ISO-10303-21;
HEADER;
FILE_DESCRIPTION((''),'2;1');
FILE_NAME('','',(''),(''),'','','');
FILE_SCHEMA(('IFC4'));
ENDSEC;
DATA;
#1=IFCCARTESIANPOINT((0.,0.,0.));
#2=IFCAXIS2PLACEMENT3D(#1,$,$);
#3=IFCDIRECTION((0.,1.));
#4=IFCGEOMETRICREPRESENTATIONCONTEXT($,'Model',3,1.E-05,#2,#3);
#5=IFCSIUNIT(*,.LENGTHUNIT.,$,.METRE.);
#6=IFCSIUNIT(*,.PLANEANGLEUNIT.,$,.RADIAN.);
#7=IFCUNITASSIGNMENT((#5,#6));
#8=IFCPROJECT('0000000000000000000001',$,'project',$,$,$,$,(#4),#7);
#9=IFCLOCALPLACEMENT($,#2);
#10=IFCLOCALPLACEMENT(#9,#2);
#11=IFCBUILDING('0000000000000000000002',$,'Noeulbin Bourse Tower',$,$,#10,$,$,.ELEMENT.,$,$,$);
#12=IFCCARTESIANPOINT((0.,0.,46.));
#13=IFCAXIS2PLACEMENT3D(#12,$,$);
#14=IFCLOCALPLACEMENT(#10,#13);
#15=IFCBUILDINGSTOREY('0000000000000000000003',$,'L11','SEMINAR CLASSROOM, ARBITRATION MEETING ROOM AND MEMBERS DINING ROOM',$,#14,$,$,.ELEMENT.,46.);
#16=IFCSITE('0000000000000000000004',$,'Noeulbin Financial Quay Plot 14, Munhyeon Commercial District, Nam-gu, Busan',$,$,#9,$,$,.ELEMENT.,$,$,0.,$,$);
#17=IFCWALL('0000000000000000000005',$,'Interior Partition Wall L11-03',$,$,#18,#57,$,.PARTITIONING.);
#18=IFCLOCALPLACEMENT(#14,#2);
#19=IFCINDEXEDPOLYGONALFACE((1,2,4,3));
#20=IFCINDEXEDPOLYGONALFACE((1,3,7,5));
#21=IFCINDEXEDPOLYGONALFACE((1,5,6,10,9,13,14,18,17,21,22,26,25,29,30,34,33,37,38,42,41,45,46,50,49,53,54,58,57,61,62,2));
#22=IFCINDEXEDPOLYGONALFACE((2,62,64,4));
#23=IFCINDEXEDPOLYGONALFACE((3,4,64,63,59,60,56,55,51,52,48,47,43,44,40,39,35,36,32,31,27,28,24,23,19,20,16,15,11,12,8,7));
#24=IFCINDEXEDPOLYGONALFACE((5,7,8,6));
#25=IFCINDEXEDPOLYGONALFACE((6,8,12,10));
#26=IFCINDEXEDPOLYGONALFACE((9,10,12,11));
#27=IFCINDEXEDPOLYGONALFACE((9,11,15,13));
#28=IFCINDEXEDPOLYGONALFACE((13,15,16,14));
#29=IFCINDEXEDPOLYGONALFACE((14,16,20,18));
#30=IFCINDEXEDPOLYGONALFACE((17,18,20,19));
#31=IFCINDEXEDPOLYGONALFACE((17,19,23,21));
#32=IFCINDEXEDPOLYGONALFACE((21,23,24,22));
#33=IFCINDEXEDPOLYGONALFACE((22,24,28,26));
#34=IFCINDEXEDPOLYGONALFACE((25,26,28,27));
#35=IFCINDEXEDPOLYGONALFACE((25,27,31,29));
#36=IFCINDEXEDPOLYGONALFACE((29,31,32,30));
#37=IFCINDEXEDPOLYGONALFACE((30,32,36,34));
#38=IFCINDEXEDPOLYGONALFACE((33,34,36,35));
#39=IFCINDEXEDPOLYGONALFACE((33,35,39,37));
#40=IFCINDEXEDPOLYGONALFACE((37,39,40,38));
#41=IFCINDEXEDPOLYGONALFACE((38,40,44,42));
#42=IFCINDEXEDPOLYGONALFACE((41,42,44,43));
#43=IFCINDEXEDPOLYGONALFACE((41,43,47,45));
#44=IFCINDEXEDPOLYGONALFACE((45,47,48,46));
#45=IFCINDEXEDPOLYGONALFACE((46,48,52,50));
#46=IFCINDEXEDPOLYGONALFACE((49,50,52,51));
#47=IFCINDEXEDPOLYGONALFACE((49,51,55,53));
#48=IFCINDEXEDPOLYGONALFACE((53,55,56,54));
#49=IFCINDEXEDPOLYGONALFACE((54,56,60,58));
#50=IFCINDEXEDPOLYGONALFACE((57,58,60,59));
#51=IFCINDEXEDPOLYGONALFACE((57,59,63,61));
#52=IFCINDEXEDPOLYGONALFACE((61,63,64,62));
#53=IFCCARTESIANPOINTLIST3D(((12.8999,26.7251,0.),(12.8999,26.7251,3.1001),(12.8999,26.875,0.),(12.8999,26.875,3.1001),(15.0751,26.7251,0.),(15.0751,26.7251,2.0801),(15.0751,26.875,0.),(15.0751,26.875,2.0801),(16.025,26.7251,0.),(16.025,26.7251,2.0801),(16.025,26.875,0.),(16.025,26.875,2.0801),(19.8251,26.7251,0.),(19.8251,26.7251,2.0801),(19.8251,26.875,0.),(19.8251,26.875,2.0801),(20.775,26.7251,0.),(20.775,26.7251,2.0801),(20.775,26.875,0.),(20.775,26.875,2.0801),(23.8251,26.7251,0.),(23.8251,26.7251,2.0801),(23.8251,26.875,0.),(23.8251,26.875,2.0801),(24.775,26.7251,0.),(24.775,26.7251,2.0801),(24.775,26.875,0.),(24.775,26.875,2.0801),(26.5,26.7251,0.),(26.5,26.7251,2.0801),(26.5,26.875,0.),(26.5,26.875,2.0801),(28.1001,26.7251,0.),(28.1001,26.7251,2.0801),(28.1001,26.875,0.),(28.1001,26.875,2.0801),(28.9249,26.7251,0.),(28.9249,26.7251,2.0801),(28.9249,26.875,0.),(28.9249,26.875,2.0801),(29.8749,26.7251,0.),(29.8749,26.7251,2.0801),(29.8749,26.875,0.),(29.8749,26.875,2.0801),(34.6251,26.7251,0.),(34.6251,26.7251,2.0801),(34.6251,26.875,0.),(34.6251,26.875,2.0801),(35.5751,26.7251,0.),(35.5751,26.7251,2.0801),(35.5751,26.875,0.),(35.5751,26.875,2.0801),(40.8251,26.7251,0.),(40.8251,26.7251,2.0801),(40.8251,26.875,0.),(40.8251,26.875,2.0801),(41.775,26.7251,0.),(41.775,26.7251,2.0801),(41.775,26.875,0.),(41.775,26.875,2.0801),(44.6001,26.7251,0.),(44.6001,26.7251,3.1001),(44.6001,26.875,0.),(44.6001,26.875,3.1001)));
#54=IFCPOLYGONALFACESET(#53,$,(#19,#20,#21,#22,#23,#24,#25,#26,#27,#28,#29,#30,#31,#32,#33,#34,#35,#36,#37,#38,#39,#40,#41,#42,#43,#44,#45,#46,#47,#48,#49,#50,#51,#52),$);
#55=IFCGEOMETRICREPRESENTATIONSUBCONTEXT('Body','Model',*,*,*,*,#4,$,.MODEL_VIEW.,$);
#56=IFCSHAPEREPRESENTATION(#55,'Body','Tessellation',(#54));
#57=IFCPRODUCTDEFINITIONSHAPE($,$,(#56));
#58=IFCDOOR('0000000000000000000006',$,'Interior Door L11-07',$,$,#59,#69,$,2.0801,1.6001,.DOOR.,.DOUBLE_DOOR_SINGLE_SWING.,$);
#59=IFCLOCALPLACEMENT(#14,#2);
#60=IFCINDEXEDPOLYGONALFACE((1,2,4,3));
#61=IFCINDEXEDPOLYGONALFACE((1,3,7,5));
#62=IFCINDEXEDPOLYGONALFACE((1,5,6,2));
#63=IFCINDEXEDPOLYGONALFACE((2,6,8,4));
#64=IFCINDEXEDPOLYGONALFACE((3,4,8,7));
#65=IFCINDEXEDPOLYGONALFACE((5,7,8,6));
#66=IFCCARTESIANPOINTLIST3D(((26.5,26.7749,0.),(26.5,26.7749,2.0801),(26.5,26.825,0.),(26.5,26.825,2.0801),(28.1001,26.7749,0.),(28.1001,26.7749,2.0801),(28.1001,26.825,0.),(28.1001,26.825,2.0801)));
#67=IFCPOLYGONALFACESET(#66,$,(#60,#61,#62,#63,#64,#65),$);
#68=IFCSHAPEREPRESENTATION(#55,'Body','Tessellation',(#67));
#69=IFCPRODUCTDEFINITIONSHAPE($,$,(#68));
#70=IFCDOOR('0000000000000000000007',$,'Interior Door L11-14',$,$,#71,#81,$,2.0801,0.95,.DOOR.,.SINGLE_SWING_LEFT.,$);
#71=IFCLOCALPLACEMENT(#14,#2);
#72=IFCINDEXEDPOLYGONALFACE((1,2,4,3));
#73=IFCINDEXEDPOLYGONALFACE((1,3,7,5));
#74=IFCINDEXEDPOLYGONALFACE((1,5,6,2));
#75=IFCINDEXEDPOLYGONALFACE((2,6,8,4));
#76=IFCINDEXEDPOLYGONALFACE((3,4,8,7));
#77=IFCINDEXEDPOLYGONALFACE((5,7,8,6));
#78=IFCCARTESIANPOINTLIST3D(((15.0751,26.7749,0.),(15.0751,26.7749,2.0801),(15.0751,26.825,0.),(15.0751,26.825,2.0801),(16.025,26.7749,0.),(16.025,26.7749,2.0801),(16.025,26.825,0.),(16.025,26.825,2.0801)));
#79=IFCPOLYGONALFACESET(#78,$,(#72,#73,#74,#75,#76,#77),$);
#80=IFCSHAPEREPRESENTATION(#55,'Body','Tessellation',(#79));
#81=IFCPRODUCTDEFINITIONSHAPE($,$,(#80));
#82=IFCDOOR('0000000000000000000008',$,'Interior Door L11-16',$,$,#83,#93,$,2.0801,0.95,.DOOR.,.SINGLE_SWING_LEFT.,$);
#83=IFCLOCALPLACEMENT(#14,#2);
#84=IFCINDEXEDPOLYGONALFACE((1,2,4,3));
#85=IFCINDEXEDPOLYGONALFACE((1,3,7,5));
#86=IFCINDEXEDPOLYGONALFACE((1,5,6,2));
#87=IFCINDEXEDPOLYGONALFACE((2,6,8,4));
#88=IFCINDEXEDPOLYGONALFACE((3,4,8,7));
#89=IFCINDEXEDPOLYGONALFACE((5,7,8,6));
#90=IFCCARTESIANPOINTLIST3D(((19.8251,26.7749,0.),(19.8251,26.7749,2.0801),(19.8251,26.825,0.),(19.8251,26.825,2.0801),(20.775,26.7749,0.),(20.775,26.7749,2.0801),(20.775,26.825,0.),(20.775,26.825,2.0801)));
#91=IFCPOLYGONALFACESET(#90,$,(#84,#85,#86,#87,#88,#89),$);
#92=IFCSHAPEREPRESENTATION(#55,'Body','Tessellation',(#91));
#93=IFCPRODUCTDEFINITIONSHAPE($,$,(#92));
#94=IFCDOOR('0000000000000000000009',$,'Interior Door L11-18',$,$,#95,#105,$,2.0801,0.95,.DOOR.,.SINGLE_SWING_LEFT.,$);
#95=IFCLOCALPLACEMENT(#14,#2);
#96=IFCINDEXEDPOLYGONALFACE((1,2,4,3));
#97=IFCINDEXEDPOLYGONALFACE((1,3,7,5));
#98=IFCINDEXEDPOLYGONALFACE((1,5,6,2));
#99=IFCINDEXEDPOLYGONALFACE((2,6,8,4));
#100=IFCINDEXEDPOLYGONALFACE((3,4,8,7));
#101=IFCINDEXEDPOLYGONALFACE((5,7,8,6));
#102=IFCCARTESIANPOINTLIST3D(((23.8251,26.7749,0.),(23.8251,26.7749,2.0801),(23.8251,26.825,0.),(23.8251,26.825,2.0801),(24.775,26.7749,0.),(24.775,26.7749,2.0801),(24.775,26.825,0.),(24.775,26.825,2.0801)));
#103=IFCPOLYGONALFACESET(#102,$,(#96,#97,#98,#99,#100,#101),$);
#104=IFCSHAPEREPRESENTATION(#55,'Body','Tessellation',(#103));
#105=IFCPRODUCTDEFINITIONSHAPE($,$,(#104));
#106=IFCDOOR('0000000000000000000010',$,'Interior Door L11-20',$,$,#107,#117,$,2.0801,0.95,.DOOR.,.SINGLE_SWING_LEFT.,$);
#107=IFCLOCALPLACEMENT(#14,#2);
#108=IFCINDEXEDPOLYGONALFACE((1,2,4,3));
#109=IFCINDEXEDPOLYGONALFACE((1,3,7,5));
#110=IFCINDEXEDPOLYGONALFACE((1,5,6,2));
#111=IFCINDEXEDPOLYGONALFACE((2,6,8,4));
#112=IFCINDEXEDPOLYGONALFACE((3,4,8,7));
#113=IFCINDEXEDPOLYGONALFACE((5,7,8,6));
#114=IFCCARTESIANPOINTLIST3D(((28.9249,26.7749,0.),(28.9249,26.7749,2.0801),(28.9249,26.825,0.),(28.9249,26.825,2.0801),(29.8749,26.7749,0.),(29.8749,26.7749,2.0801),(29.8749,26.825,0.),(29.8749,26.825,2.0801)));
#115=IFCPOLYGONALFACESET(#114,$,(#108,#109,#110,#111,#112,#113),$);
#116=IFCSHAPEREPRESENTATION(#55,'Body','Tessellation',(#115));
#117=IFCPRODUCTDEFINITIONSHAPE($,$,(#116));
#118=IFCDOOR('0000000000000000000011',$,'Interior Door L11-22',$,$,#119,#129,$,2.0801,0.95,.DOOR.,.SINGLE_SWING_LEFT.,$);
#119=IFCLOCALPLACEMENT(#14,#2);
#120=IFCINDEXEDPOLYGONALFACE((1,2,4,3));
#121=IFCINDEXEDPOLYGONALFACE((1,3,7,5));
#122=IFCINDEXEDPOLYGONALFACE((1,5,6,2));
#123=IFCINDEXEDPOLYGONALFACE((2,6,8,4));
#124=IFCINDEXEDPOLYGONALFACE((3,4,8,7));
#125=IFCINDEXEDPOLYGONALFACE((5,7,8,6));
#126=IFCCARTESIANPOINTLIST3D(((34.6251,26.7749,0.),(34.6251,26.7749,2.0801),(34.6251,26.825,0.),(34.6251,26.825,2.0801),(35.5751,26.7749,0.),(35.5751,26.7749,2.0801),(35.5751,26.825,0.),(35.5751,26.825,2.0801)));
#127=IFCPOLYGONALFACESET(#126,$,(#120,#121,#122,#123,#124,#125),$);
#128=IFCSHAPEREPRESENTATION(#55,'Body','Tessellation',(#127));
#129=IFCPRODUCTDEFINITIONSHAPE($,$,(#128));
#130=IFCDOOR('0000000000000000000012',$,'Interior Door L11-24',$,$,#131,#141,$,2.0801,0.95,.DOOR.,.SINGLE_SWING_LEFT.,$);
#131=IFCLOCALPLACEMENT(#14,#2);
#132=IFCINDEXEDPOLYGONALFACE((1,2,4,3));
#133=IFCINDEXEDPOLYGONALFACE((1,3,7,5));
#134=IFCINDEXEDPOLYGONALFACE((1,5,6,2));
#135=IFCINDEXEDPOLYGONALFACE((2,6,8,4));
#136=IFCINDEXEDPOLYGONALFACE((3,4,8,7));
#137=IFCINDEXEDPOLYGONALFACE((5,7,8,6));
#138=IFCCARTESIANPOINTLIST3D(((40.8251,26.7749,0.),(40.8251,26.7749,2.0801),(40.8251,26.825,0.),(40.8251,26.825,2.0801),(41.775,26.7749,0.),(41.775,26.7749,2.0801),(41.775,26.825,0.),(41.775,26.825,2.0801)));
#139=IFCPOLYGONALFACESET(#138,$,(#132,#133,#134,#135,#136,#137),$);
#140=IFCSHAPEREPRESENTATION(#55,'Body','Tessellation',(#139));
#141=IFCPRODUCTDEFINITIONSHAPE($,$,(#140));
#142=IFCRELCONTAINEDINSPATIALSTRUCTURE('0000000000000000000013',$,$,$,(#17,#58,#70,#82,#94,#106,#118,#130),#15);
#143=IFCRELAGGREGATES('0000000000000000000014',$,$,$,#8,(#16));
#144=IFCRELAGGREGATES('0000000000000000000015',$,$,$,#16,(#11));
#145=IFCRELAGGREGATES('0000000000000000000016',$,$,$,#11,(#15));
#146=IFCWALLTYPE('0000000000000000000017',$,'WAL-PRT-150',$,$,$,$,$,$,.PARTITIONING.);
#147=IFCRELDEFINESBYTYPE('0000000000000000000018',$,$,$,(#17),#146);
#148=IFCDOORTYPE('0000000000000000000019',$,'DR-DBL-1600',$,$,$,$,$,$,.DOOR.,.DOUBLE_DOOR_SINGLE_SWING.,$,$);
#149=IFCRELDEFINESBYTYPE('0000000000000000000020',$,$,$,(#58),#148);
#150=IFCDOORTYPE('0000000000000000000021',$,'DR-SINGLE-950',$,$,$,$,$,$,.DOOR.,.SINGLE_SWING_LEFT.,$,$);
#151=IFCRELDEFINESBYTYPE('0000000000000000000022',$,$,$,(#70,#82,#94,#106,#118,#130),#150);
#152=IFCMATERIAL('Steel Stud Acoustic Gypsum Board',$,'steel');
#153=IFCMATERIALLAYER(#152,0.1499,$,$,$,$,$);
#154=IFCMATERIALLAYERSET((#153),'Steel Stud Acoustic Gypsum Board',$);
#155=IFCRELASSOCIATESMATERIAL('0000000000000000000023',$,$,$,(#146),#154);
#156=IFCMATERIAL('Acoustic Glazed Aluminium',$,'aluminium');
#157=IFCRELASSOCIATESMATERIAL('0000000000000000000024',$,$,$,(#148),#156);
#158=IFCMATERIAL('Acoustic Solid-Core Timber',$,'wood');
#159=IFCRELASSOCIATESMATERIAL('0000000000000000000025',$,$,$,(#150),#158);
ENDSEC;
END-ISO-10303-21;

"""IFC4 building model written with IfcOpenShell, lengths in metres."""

from ifc_helpers import new_model, si_unit, direction, frame, frame_2d, origin, place, context, subcontext, project, spatial, rectangle, extrude, material, layer, layer_set, type_object, element, fill, save


model = new_model("IFC4")

# Units and contexts
model_context = context("Model", 3, precision=1e-05, world=origin(), true_north=direction((0.0, 1.0)))
body_context = subcontext(model_context, "Body", "Model", "MODEL_VIEW")
ifc_project = project(units=[si_unit("LENGTHUNIT", "METRE"), si_unit("PLANEANGLEUNIT", "RADIAN")], contexts=[model_context])

# Site, building, storey
site_placement = place(None, origin())
site = spatial("IfcSite", under=ifc_project, at=site_placement, Name="Noeulbin Financial Quay Plot 14, Munhyeon Commercial District, Nam-gu, Busan", CompositionType="ELEMENT", RefElevation=0.0)
building_placement = place(site_placement, origin())
building = spatial("IfcBuilding", under=site, at=building_placement, Name="Noeulbin Bourse Tower", CompositionType="ELEMENT")
storey_placement = place(building_placement, frame((0.0, 0.0, 46.0)))
storey = spatial("IfcBuildingStorey", under=building, at=storey_placement, Name="L11", Description="SEMINAR CLASSROOM, ARBITRATION MEETING ROOM AND MEMBERS DINING ROOM", CompositionType="ELEMENT", Elevation=46.0)

# Wall, openings, doors
ifc_material_1 = material(Name="Steel Stud Acoustic Gypsum Board", Category="steel")
ifc_layer_1 = layer(ifc_material_1, 0.1499)
ifc_layer_set_1 = layer_set([ifc_layer_1], Name="Steel Stud Acoustic Gypsum Board")
wall_type = type_object("IfcWallType", Name="WAL-PRT-150", PredefinedType="PARTITIONING", material=ifc_layer_set_1)
wall_placement = place(storey_placement, frame((12.8999, 26.8, 0.0), z_axis=(0.0, 0.0, 1.0), x_axis=(1.0, 0.0, 0.0)))
wall = element("IfcWall", 1, at=wall_placement, inside=storey, type_object=wall_type, Name="Interior Partition Wall L11-03", PredefinedType="PARTITIONING", context=body_context, shape_type="SweptSolid", body=[
    extrude(rectangle(XDim=31.7002, YDim=0.1499, at=frame_2d((15.8501, 0.0))), origin(), (0.0, 0.0, 1.0), 3.1001),
])
opening_1_placement = place(wall_placement, frame((13.6001, 0.0, 0.0)))
opening_1 = element("IfcOpeningElement", 2, at=opening_1_placement, cuts=wall, PredefinedType="OPENING", context=body_context, shape_type="SweptSolid", body=[
    extrude(rectangle(XDim=1.6001, YDim=2.0801, at=frame_2d((0.8, 1.04))), frame((0.0, 0.085, 0.0), z_axis=(0.0, -1.0, 0.0), x_axis=(1.0, 0.0, 0.0)), (0.0, 0.0, 1.0), 0.1699),
])
opening_2_placement = place(wall_placement, frame((2.175, 0.0, 0.0)))
opening_2 = element("IfcOpeningElement", 3, at=opening_2_placement, cuts=wall, PredefinedType="OPENING", context=body_context, shape_type="SweptSolid", body=[
    extrude(rectangle(XDim=0.95, YDim=2.0801, at=frame_2d((0.4751, 1.04))), frame((0.0, 0.085, 0.0), z_axis=(0.0, -1.0, 0.0), x_axis=(1.0, 0.0, 0.0)), (0.0, 0.0, 1.0), 0.1699),
])
opening_3_placement = place(wall_placement, frame((6.925, 0.0, 0.0)))
opening_3 = element("IfcOpeningElement", 4, at=opening_3_placement, cuts=wall, PredefinedType="OPENING", context=body_context, shape_type="SweptSolid", body=[
    extrude(rectangle(XDim=0.95, YDim=2.0801, at=frame_2d((0.4751, 1.04))), frame((0.0, 0.085, 0.0), z_axis=(0.0, -1.0, 0.0), x_axis=(1.0, 0.0, 0.0)), (0.0, 0.0, 1.0), 0.1699),
])
opening_4_placement = place(wall_placement, frame((10.925, 0.0, 0.0)))
opening_4 = element("IfcOpeningElement", 5, at=opening_4_placement, cuts=wall, PredefinedType="OPENING", context=body_context, shape_type="SweptSolid", body=[
    extrude(rectangle(XDim=0.95, YDim=2.0801, at=frame_2d((0.4751, 1.04))), frame((0.0, 0.085, 0.0), z_axis=(0.0, -1.0, 0.0), x_axis=(1.0, 0.0, 0.0)), (0.0, 0.0, 1.0), 0.1699),
])
opening_5_placement = place(wall_placement, frame((16.0249, 0.0, 0.0)))
opening_5 = element("IfcOpeningElement", 6, at=opening_5_placement, cuts=wall, PredefinedType="OPENING", context=body_context, shape_type="SweptSolid", body=[
    extrude(rectangle(XDim=0.95, YDim=2.0801, at=frame_2d((0.4751, 1.04))), frame((0.0, 0.085, 0.0), z_axis=(0.0, -1.0, 0.0), x_axis=(1.0, 0.0, 0.0)), (0.0, 0.0, 1.0), 0.1699),
])
opening_6_placement = place(wall_placement, frame((21.7251, 0.0, 0.0)))
opening_6 = element("IfcOpeningElement", 7, at=opening_6_placement, cuts=wall, PredefinedType="OPENING", context=body_context, shape_type="SweptSolid", body=[
    extrude(rectangle(XDim=0.95, YDim=2.0801, at=frame_2d((0.4751, 1.04))), frame((0.0, 0.085, 0.0), z_axis=(0.0, -1.0, 0.0), x_axis=(1.0, 0.0, 0.0)), (0.0, 0.0, 1.0), 0.1699),
])
opening_7_placement = place(wall_placement, frame((27.925, 0.0, 0.0)))
opening_7 = element("IfcOpeningElement", 8, at=opening_7_placement, cuts=wall, PredefinedType="OPENING", context=body_context, shape_type="SweptSolid", body=[
    extrude(rectangle(XDim=0.95, YDim=2.0801, at=frame_2d((0.4751, 1.04))), frame((0.0, 0.085, 0.0), z_axis=(0.0, -1.0, 0.0), x_axis=(1.0, 0.0, 0.0)), (0.0, 0.0, 1.0), 0.1699),
])
ifc_material_2 = material(Name="Acoustic Glazed Aluminium", Category="aluminium")
door_type_1 = type_object("IfcDoorType", Name="DR-DBL-1600", OperationType="DOUBLE_DOOR_SINGLE_SWING", PredefinedType="DOOR", material=ifc_material_2)
door_1_placement = place(opening_1_placement, origin())
door_1 = element("IfcDoor", 9, at=door_1_placement, inside=storey, type_object=door_type_1, Name="Interior Door L11-07", OperationType="DOUBLE_DOOR_SINGLE_SWING", OverallHeight=2.0801, OverallWidth=1.6001, PredefinedType="DOOR", context=body_context, shape_type="SweptSolid", body=[
    extrude(rectangle(XDim=1.6001, YDim=2.0801, at=frame_2d((0.8, 1.04))), frame((0.0, 0.0249, 0.0), z_axis=(0.0, -1.0, 0.0), x_axis=(1.0, 0.0, 0.0)), (0.0, 0.0, 1.0), 0.05),
])
fill(opening_1, door_1)
ifc_material_3 = material(Name="Acoustic Solid-Core Timber", Category="wood")
door_type_2 = type_object("IfcDoorType", Name="DR-SINGLE-950", OperationType="SINGLE_SWING_LEFT", PredefinedType="DOOR", material=ifc_material_3)
door_2_placement = place(opening_2_placement, origin())
door_2 = element("IfcDoor", 10, at=door_2_placement, inside=storey, type_object=door_type_2, Name="Interior Door L11-14", OperationType="SINGLE_SWING_LEFT", OverallHeight=2.0801, OverallWidth=0.95, PredefinedType="DOOR", context=body_context, shape_type="SweptSolid", body=[
    extrude(rectangle(XDim=0.95, YDim=2.0801, at=frame_2d((0.4751, 1.04))), frame((0.0, 0.0249, 0.0), z_axis=(0.0, -1.0, 0.0), x_axis=(1.0, 0.0, 0.0)), (0.0, 0.0, 1.0), 0.05),
])
fill(opening_2, door_2)
door_3_placement = place(opening_3_placement, origin())
door_3 = element("IfcDoor", 11, at=door_3_placement, inside=storey, type_object=door_type_2, Name="Interior Door L11-16", OperationType="SINGLE_SWING_LEFT", OverallHeight=2.0801, OverallWidth=0.95, PredefinedType="DOOR", context=body_context, shape_type="SweptSolid", body=[
    extrude(rectangle(XDim=0.95, YDim=2.0801, at=frame_2d((0.4751, 1.04))), frame((0.0, 0.0249, 0.0), z_axis=(0.0, -1.0, 0.0), x_axis=(1.0, 0.0, 0.0)), (0.0, 0.0, 1.0), 0.05),
])
fill(opening_3, door_3)
door_4_placement = place(opening_4_placement, origin())
door_4 = element("IfcDoor", 12, at=door_4_placement, inside=storey, type_object=door_type_2, Name="Interior Door L11-18", OperationType="SINGLE_SWING_LEFT", OverallHeight=2.0801, OverallWidth=0.95, PredefinedType="DOOR", context=body_context, shape_type="SweptSolid", body=[
    extrude(rectangle(XDim=0.95, YDim=2.0801, at=frame_2d((0.4751, 1.04))), frame((0.0, 0.0249, 0.0), z_axis=(0.0, -1.0, 0.0), x_axis=(1.0, 0.0, 0.0)), (0.0, 0.0, 1.0), 0.05),
])
fill(opening_4, door_4)
door_5_placement = place(opening_5_placement, origin())
door_5 = element("IfcDoor", 13, at=door_5_placement, inside=storey, type_object=door_type_2, Name="Interior Door L11-20", OperationType="SINGLE_SWING_LEFT", OverallHeight=2.0801, OverallWidth=0.95, PredefinedType="DOOR", context=body_context, shape_type="SweptSolid", body=[
    extrude(rectangle(XDim=0.95, YDim=2.0801, at=frame_2d((0.4751, 1.04))), frame((0.0, 0.0249, 0.0), z_axis=(0.0, -1.0, 0.0), x_axis=(1.0, 0.0, 0.0)), (0.0, 0.0, 1.0), 0.05),
])
fill(opening_5, door_5)
door_6_placement = place(opening_6_placement, origin())
door_6 = element("IfcDoor", 14, at=door_6_placement, inside=storey, type_object=door_type_2, Name="Interior Door L11-22", OperationType="SINGLE_SWING_LEFT", OverallHeight=2.0801, OverallWidth=0.95, PredefinedType="DOOR", context=body_context, shape_type="SweptSolid", body=[
    extrude(rectangle(XDim=0.95, YDim=2.0801, at=frame_2d((0.4751, 1.04))), frame((0.0, 0.0249, 0.0), z_axis=(0.0, -1.0, 0.0), x_axis=(1.0, 0.0, 0.0)), (0.0, 0.0, 1.0), 0.05),
])
fill(opening_6, door_6)
door_7_placement = place(opening_7_placement, origin())
door_7 = element("IfcDoor", 15, at=door_7_placement, inside=storey, type_object=door_type_2, Name="Interior Door L11-24", OperationType="SINGLE_SWING_LEFT", OverallHeight=2.0801, OverallWidth=0.95, PredefinedType="DOOR", context=body_context, shape_type="SweptSolid", body=[
    extrude(rectangle(XDim=0.95, YDim=2.0801, at=frame_2d((0.4751, 1.04))), frame((0.0, 0.0249, 0.0), z_axis=(0.0, -1.0, 0.0), x_axis=(1.0, 0.0, 0.0)), (0.0, 0.0, 1.0), 0.05),
])
fill(opening_7, door_7)

save(model, "model.ifc")
